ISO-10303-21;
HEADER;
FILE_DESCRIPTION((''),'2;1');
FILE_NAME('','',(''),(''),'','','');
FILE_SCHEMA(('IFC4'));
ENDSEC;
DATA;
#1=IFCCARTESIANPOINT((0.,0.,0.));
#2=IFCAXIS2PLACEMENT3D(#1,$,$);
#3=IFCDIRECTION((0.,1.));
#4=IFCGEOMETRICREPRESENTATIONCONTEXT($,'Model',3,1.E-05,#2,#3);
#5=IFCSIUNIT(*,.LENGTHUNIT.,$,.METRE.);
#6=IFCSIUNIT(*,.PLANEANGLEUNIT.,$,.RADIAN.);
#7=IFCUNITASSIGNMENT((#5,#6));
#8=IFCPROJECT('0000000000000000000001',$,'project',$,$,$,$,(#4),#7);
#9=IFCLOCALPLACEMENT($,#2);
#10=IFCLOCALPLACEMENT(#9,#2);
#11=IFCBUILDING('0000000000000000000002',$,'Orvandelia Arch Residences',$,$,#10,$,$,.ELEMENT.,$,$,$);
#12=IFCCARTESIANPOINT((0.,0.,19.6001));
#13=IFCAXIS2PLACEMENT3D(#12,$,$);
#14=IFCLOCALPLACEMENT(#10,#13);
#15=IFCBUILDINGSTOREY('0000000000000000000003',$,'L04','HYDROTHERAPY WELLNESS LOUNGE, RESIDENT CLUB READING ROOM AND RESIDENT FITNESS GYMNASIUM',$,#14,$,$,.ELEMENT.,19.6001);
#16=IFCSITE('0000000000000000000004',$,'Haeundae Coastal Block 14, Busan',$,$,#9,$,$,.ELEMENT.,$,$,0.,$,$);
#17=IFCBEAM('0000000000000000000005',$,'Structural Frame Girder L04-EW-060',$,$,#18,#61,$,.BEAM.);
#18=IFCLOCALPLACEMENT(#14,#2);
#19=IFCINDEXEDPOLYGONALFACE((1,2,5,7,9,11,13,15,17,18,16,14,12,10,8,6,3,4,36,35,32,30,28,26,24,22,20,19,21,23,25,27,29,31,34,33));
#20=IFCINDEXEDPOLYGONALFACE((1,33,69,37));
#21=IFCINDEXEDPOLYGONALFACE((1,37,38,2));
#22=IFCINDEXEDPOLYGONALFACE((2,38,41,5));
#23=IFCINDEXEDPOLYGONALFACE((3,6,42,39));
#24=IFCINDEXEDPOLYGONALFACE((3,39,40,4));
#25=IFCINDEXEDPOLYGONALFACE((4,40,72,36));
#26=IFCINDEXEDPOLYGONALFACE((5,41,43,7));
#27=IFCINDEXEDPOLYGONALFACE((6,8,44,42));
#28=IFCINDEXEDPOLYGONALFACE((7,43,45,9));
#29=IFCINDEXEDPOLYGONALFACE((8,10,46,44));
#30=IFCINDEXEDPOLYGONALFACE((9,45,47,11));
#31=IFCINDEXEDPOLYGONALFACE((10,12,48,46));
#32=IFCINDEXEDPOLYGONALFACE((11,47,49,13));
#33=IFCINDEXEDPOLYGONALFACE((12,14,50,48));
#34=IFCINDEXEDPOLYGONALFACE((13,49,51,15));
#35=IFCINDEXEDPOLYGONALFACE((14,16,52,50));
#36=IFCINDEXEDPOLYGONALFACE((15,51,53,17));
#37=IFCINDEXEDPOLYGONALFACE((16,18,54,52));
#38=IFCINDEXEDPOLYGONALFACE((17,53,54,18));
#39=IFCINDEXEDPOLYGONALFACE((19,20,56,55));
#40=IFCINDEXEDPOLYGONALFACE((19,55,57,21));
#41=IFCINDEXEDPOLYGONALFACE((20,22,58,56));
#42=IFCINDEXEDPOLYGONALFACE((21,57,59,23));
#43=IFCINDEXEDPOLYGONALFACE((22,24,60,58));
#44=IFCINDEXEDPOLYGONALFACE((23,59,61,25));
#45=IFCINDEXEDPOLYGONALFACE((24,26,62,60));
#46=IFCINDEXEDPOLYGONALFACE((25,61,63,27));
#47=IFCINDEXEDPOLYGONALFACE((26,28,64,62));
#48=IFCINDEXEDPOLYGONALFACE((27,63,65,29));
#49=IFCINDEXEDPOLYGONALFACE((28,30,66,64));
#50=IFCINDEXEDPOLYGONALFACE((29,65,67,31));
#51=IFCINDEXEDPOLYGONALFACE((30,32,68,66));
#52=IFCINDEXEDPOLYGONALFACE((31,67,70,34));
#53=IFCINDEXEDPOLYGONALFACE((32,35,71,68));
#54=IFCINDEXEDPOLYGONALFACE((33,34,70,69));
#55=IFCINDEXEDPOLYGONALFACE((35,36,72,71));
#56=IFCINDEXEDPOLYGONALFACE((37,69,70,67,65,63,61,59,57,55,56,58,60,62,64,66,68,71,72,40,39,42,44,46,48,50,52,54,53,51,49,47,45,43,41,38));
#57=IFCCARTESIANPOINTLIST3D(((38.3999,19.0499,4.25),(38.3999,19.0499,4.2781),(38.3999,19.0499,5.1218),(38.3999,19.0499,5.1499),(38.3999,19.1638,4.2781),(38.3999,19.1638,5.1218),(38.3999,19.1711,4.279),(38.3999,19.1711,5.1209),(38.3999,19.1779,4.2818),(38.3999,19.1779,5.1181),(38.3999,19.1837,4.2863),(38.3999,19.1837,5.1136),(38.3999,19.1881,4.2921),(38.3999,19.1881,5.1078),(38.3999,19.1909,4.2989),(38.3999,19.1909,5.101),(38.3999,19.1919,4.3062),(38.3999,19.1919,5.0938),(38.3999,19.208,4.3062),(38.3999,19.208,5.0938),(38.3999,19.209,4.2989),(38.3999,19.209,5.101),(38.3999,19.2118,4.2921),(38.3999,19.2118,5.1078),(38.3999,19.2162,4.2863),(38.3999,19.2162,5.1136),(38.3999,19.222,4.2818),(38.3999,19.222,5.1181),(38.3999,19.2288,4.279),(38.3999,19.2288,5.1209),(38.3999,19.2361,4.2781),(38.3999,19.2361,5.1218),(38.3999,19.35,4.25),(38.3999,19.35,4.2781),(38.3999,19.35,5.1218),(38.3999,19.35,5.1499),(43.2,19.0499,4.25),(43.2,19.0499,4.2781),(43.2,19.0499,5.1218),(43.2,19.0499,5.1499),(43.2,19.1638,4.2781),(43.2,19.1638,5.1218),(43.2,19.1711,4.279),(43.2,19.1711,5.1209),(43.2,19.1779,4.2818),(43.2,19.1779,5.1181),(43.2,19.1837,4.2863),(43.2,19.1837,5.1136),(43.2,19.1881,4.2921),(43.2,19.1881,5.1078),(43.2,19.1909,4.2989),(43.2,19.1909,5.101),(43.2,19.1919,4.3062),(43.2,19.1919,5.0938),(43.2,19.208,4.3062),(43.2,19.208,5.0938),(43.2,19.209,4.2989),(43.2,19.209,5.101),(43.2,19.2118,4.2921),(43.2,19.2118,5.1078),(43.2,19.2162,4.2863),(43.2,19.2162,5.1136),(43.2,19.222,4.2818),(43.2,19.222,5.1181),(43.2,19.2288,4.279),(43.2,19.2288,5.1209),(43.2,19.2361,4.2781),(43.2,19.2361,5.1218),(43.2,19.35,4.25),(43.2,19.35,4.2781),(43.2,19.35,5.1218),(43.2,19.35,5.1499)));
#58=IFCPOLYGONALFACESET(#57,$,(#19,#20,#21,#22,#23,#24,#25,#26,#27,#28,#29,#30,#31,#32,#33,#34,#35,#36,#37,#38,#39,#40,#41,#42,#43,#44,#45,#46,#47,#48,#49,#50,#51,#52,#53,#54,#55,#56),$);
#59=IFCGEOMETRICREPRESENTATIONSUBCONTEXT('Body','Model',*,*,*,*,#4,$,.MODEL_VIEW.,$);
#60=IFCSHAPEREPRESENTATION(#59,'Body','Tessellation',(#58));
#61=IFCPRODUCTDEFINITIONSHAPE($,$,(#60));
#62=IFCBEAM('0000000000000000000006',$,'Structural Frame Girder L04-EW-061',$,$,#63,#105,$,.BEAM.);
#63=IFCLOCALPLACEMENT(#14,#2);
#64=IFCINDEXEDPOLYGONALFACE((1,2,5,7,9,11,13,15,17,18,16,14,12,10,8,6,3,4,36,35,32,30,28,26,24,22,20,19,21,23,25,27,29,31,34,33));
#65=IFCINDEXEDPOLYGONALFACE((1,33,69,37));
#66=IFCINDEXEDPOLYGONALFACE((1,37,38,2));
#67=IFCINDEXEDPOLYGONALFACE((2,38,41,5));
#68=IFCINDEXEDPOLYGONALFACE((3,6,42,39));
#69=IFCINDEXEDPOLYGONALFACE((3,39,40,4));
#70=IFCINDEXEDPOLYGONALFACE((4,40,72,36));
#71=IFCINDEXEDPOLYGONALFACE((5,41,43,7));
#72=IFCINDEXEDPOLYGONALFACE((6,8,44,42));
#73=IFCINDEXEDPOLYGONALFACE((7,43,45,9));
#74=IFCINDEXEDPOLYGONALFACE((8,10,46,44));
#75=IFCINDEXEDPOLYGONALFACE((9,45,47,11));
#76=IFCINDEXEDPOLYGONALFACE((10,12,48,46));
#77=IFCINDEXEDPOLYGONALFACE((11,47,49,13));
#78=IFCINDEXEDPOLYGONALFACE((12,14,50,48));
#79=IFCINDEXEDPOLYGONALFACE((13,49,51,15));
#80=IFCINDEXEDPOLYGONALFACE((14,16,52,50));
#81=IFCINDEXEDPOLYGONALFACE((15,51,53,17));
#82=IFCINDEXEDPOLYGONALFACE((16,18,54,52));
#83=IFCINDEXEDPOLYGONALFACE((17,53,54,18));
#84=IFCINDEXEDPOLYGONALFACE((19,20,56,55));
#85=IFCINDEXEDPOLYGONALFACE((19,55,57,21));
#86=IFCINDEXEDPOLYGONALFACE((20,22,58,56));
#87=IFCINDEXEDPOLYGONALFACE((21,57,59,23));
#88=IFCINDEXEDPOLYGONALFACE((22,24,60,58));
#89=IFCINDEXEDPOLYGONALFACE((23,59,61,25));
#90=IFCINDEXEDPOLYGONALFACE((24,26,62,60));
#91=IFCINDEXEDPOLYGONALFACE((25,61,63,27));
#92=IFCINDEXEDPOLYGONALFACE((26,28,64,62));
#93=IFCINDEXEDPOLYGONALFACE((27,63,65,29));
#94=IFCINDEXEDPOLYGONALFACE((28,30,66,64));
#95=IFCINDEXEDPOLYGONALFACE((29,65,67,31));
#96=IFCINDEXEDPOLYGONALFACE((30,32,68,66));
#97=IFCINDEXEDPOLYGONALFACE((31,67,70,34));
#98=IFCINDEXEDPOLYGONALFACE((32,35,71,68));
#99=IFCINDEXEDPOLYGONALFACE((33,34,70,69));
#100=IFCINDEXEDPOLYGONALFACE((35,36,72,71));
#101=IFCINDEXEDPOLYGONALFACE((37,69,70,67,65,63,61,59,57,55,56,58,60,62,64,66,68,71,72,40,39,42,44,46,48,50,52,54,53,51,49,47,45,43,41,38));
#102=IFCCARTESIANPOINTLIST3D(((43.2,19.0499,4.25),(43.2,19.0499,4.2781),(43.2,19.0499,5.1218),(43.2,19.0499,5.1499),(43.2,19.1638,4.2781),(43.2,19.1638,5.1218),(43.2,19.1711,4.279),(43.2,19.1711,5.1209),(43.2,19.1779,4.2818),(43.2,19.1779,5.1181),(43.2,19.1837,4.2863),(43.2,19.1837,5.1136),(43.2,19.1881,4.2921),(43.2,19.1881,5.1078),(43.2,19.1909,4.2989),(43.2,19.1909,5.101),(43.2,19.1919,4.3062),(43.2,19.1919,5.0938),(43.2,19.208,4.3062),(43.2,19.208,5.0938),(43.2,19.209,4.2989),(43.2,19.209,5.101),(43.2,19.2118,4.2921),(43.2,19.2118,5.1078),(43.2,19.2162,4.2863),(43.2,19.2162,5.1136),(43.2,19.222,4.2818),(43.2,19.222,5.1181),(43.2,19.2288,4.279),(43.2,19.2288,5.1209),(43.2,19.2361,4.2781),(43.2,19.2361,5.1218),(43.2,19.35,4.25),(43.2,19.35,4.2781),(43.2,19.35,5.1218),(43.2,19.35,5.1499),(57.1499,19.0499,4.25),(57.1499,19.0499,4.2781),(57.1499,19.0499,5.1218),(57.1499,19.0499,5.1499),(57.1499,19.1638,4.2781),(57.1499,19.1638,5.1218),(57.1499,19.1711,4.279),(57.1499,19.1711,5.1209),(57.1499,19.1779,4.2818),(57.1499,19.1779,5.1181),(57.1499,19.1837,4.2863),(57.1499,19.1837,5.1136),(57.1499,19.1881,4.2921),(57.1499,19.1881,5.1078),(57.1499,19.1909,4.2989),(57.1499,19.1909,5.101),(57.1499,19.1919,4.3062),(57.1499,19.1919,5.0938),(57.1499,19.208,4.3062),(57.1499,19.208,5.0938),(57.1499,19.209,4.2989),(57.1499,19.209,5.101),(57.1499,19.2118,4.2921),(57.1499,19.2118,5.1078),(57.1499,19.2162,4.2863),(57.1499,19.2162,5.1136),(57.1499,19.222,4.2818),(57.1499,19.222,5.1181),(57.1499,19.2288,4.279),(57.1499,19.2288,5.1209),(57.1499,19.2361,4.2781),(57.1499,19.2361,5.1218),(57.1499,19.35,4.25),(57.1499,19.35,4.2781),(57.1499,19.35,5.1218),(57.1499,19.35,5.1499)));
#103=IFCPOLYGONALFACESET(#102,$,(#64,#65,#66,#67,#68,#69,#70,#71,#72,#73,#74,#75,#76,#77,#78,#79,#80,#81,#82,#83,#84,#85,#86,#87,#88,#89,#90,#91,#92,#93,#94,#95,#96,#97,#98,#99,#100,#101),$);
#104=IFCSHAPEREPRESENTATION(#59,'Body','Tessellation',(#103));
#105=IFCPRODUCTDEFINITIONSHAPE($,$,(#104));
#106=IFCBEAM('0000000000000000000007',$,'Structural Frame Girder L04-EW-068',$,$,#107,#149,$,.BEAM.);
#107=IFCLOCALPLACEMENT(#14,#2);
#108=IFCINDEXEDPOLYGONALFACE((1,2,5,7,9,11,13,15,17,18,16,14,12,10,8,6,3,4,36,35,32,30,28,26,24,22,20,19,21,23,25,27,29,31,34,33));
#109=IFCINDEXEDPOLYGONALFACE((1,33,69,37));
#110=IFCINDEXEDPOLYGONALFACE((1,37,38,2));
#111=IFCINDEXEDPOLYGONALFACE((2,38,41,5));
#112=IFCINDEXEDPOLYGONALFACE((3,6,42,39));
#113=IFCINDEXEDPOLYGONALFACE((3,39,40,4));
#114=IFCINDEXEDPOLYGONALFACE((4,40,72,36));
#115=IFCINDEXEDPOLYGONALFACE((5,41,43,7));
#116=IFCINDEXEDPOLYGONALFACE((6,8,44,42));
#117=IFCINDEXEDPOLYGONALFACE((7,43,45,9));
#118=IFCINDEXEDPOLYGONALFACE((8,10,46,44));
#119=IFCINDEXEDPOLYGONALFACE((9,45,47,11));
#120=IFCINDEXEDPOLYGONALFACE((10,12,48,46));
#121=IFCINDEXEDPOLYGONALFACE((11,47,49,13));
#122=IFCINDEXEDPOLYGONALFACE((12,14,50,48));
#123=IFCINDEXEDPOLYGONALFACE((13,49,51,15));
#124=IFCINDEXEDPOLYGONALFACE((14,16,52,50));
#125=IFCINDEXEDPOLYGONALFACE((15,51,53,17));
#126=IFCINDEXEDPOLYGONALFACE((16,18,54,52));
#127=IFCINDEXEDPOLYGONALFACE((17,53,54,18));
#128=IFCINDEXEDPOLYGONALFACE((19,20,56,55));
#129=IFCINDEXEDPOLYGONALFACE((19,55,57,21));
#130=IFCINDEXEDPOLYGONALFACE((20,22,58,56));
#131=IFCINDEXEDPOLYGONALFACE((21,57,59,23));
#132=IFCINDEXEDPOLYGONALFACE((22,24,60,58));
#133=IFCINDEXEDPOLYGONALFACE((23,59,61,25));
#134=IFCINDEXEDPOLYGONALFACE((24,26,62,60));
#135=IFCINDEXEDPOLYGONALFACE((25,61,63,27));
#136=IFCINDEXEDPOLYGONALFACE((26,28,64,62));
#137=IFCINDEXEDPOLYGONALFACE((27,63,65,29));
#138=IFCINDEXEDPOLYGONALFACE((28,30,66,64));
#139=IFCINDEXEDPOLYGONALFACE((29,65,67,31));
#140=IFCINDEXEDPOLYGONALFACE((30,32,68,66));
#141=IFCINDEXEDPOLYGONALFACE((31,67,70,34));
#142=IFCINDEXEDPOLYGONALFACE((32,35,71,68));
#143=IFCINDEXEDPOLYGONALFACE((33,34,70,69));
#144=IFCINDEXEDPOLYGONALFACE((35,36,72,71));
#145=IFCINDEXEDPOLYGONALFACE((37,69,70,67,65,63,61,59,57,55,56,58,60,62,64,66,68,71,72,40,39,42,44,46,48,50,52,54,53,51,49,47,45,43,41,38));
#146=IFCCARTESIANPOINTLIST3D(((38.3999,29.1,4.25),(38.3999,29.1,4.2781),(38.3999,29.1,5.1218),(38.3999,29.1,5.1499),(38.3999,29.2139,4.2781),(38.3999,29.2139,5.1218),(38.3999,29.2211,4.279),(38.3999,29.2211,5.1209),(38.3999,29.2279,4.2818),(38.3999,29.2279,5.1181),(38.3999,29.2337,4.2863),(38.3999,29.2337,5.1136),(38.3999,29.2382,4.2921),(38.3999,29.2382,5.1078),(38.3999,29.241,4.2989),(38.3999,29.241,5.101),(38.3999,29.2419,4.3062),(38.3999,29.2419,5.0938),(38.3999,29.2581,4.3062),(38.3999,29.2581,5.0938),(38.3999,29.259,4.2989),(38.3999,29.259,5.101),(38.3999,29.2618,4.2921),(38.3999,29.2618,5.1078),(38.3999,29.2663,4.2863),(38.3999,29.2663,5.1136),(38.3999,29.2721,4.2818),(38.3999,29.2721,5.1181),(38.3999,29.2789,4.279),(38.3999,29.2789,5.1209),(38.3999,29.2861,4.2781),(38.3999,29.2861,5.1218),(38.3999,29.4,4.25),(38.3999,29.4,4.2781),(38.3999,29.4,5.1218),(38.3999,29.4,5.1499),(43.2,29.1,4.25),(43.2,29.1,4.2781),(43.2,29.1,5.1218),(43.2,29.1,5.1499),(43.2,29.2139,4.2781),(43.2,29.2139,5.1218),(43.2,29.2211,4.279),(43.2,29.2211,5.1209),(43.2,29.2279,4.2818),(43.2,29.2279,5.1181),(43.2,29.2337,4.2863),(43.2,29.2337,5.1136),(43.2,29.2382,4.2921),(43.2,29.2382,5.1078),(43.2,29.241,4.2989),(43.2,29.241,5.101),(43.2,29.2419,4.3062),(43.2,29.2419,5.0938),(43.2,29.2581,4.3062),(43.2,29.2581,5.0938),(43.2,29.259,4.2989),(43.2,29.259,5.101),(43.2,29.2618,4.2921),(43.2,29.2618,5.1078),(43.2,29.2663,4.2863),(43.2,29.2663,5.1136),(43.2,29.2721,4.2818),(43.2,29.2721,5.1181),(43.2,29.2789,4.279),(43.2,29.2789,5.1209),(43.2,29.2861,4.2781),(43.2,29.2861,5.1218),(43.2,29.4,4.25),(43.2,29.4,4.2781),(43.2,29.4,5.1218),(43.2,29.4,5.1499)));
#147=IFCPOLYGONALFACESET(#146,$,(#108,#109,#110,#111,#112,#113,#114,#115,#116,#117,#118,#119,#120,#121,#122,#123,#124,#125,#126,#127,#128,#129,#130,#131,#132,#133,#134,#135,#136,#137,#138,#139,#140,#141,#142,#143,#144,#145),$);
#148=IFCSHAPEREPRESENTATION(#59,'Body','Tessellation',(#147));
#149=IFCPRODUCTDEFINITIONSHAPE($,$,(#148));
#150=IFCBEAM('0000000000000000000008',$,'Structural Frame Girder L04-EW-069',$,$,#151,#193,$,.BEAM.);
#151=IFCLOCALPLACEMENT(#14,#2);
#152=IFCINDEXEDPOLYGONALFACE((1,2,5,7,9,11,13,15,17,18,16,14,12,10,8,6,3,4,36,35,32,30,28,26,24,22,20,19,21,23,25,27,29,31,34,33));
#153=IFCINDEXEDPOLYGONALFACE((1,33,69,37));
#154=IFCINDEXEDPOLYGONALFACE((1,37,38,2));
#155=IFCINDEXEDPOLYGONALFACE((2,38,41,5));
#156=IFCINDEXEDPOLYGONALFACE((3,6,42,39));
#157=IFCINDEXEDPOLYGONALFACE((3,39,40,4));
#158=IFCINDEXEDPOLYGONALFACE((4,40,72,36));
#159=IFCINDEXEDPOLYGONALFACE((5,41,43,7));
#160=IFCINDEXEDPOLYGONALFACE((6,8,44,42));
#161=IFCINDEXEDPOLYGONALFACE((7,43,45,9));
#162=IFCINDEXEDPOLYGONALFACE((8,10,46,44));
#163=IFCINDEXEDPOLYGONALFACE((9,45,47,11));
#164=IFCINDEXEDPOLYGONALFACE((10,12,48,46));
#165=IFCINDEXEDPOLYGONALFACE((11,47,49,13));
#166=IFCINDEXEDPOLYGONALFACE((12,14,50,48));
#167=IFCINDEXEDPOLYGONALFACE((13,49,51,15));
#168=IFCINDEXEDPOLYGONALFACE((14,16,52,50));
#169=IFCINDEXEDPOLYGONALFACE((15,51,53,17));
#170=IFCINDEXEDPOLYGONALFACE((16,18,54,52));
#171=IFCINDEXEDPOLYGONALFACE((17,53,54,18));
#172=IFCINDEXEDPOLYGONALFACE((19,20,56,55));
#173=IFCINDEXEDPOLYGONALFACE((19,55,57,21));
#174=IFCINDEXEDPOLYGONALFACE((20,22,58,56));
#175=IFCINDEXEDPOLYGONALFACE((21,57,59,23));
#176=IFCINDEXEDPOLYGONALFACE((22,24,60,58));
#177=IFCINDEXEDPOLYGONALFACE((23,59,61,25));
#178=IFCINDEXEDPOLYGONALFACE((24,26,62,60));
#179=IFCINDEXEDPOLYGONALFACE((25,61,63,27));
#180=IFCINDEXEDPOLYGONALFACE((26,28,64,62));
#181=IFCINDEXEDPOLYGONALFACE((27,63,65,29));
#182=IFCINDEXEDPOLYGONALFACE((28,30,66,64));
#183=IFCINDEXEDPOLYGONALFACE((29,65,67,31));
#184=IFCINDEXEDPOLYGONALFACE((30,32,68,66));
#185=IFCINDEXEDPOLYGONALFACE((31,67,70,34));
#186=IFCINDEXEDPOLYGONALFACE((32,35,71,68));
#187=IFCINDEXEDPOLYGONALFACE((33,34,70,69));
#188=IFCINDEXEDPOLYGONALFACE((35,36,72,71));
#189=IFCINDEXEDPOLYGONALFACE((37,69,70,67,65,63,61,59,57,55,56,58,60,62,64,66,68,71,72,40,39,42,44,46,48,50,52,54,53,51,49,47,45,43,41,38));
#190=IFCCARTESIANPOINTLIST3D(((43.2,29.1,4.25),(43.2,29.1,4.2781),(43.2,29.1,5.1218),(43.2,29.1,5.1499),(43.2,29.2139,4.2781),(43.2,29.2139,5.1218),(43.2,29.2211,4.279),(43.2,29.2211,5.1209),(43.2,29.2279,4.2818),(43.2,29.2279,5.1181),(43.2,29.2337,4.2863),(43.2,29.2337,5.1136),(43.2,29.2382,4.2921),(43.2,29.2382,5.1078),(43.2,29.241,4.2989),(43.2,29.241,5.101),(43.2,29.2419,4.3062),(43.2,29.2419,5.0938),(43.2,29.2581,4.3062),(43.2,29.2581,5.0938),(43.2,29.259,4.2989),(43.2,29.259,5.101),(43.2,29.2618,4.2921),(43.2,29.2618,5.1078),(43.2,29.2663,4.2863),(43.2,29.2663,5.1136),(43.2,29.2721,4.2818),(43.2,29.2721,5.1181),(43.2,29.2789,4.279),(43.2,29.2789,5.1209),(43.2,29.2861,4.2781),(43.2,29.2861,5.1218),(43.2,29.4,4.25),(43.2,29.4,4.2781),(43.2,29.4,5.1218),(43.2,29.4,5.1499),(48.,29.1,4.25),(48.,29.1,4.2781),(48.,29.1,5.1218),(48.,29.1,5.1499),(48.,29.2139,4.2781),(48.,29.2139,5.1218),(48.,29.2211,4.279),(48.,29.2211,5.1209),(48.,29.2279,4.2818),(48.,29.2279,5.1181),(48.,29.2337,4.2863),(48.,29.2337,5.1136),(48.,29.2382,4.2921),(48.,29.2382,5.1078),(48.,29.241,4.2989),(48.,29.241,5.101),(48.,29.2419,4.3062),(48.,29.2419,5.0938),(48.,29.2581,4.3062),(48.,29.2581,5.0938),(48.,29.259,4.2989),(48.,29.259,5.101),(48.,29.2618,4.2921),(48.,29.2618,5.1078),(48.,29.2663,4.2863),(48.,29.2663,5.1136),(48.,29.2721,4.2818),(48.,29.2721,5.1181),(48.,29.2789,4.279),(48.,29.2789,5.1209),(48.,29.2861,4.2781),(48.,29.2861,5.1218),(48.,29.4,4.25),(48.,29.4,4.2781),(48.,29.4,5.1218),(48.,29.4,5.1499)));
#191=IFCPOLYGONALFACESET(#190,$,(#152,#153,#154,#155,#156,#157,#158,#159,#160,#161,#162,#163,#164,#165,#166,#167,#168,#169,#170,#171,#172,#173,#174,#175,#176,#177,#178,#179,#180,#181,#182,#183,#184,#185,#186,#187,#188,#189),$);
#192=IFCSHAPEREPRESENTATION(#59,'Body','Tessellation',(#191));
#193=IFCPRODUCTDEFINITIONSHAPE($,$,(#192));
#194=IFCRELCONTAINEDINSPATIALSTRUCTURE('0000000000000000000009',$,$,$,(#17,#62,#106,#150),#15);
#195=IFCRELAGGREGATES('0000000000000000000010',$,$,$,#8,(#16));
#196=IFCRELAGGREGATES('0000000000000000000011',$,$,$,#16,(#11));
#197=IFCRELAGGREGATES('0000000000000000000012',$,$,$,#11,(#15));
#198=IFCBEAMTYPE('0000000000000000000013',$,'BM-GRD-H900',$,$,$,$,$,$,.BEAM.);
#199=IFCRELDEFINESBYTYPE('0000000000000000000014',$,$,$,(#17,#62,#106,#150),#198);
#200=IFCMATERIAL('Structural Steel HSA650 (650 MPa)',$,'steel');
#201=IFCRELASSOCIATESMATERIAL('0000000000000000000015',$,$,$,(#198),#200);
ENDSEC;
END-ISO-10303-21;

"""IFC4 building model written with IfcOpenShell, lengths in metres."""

from ifc_helpers import new_model, si_unit, direction, frame, origin, origin_2d, place, context, subcontext, project, spatial, i_section, extrude, material, material_profile, profile_set, type_object, element, save


model = new_model("IFC4")

# Units and contexts
model_context = context("Model", 3, precision=1e-05, world=origin(), true_north=direction((0.0, 1.0)))
body_context = subcontext(model_context, "Body", "Model", "MODEL_VIEW")
ifc_project = project(units=[si_unit("LENGTHUNIT", "METRE"), si_unit("PLANEANGLEUNIT", "RADIAN")], contexts=[model_context])

# Site, building, storey
site_placement = place(None, origin())
site = spatial("IfcSite", under=ifc_project, at=site_placement, Name="Haeundae Coastal Block 14, Busan", CompositionType="ELEMENT", RefElevation=0.0)
building_placement = place(site_placement, origin())
building = spatial("IfcBuilding", under=site, at=building_placement, Name="Orvandelia Arch Residences", CompositionType="ELEMENT")
storey_placement = place(building_placement, frame((0.0, 0.0, 19.6001)))
storey = spatial("IfcBuildingStorey", under=building, at=storey_placement, Name="L04", Description="HYDROTHERAPY WELLNESS LOUNGE, RESIDENT CLUB READING ROOM AND RESIDENT FITNESS GYMNASIUM", CompositionType="ELEMENT", Elevation=19.6001)

# Shared definitions
ifc_material_1 = material(Name="Structural Steel HSA650 (650 MPa)", Category="steel")

# Beams
ifc_material_profile_1 = material_profile(ifc_material_1, i_section(OverallWidth=0.3, OverallDepth=0.8999, WebThickness=0.0161, FlangeThickness=0.0281, FilletRadius=0.0281, at=origin_2d()), Name="Structural Steel HSA650 (650 MPa)", Category="steel")
ifc_profile_set_1 = profile_set([ifc_material_profile_1], Name="Structural Steel HSA650 (650 MPa)")
beam_type = type_object("IfcBeamType", Name="BM-GRD-H900", PredefinedType="BEAM", material=ifc_profile_set_1)
beam_1_placement = place(storey_placement, frame((38.3999, 19.2, 4.7), z_axis=(1.0, 0.0, 0.0), x_axis=(0.0, 1.0, 0.0)))
element("IfcBeam", 1, at=beam_1_placement, inside=storey, type_object=beam_type, Name="Structural Frame Girder L04-EW-060", PredefinedType="BEAM", context=body_context, shape_type="SweptSolid", body=[
    extrude(i_section(OverallWidth=0.3, OverallDepth=0.8999, WebThickness=0.0161, FlangeThickness=0.0281, FilletRadius=0.0281, at=origin_2d()), origin(), (0.0, 0.0, 1.0), 4.8),
])
beam_2_placement = place(storey_placement, frame((43.2, 19.2, 4.7), z_axis=(1.0, 0.0, 0.0), x_axis=(0.0, 1.0, 0.0)))
element("IfcBeam", 2, at=beam_2_placement, inside=storey, type_object=beam_type, Name="Structural Frame Girder L04-EW-061", PredefinedType="BEAM", context=body_context, shape_type="SweptSolid", body=[
    extrude(i_section(OverallWidth=0.3, OverallDepth=0.8999, WebThickness=0.0161, FlangeThickness=0.0281, FilletRadius=0.0281, at=origin_2d()), origin(), (0.0, 0.0, 1.0), 13.95),
])
for number, where, z_axis, x_axis, name in (
    (3, (38.3999, 29.25, 4.7), (1.0, 0.0, 0.0), (0.0, 1.0, 0.0), "Structural Frame Girder L04-EW-068"),
    (4, (43.2, 29.25, 4.7), (1.0, 0.0, 0.0), (0.0, 1.0, 0.0), "Structural Frame Girder L04-EW-069"),
):
    element("IfcBeam", number, at=place(storey_placement, frame(where, z_axis=z_axis, x_axis=x_axis)), inside=storey, type_object=beam_type, Name=name, PredefinedType="BEAM", context=body_context, shape_type="SweptSolid", body=[
        extrude(i_section(OverallWidth=0.3, OverallDepth=0.8999, WebThickness=0.0161, FlangeThickness=0.0281, FilletRadius=0.0281, at=origin_2d()), origin(), (0.0, 0.0, 1.0), 4.8),
    ])

save(model, "model.ifc")
